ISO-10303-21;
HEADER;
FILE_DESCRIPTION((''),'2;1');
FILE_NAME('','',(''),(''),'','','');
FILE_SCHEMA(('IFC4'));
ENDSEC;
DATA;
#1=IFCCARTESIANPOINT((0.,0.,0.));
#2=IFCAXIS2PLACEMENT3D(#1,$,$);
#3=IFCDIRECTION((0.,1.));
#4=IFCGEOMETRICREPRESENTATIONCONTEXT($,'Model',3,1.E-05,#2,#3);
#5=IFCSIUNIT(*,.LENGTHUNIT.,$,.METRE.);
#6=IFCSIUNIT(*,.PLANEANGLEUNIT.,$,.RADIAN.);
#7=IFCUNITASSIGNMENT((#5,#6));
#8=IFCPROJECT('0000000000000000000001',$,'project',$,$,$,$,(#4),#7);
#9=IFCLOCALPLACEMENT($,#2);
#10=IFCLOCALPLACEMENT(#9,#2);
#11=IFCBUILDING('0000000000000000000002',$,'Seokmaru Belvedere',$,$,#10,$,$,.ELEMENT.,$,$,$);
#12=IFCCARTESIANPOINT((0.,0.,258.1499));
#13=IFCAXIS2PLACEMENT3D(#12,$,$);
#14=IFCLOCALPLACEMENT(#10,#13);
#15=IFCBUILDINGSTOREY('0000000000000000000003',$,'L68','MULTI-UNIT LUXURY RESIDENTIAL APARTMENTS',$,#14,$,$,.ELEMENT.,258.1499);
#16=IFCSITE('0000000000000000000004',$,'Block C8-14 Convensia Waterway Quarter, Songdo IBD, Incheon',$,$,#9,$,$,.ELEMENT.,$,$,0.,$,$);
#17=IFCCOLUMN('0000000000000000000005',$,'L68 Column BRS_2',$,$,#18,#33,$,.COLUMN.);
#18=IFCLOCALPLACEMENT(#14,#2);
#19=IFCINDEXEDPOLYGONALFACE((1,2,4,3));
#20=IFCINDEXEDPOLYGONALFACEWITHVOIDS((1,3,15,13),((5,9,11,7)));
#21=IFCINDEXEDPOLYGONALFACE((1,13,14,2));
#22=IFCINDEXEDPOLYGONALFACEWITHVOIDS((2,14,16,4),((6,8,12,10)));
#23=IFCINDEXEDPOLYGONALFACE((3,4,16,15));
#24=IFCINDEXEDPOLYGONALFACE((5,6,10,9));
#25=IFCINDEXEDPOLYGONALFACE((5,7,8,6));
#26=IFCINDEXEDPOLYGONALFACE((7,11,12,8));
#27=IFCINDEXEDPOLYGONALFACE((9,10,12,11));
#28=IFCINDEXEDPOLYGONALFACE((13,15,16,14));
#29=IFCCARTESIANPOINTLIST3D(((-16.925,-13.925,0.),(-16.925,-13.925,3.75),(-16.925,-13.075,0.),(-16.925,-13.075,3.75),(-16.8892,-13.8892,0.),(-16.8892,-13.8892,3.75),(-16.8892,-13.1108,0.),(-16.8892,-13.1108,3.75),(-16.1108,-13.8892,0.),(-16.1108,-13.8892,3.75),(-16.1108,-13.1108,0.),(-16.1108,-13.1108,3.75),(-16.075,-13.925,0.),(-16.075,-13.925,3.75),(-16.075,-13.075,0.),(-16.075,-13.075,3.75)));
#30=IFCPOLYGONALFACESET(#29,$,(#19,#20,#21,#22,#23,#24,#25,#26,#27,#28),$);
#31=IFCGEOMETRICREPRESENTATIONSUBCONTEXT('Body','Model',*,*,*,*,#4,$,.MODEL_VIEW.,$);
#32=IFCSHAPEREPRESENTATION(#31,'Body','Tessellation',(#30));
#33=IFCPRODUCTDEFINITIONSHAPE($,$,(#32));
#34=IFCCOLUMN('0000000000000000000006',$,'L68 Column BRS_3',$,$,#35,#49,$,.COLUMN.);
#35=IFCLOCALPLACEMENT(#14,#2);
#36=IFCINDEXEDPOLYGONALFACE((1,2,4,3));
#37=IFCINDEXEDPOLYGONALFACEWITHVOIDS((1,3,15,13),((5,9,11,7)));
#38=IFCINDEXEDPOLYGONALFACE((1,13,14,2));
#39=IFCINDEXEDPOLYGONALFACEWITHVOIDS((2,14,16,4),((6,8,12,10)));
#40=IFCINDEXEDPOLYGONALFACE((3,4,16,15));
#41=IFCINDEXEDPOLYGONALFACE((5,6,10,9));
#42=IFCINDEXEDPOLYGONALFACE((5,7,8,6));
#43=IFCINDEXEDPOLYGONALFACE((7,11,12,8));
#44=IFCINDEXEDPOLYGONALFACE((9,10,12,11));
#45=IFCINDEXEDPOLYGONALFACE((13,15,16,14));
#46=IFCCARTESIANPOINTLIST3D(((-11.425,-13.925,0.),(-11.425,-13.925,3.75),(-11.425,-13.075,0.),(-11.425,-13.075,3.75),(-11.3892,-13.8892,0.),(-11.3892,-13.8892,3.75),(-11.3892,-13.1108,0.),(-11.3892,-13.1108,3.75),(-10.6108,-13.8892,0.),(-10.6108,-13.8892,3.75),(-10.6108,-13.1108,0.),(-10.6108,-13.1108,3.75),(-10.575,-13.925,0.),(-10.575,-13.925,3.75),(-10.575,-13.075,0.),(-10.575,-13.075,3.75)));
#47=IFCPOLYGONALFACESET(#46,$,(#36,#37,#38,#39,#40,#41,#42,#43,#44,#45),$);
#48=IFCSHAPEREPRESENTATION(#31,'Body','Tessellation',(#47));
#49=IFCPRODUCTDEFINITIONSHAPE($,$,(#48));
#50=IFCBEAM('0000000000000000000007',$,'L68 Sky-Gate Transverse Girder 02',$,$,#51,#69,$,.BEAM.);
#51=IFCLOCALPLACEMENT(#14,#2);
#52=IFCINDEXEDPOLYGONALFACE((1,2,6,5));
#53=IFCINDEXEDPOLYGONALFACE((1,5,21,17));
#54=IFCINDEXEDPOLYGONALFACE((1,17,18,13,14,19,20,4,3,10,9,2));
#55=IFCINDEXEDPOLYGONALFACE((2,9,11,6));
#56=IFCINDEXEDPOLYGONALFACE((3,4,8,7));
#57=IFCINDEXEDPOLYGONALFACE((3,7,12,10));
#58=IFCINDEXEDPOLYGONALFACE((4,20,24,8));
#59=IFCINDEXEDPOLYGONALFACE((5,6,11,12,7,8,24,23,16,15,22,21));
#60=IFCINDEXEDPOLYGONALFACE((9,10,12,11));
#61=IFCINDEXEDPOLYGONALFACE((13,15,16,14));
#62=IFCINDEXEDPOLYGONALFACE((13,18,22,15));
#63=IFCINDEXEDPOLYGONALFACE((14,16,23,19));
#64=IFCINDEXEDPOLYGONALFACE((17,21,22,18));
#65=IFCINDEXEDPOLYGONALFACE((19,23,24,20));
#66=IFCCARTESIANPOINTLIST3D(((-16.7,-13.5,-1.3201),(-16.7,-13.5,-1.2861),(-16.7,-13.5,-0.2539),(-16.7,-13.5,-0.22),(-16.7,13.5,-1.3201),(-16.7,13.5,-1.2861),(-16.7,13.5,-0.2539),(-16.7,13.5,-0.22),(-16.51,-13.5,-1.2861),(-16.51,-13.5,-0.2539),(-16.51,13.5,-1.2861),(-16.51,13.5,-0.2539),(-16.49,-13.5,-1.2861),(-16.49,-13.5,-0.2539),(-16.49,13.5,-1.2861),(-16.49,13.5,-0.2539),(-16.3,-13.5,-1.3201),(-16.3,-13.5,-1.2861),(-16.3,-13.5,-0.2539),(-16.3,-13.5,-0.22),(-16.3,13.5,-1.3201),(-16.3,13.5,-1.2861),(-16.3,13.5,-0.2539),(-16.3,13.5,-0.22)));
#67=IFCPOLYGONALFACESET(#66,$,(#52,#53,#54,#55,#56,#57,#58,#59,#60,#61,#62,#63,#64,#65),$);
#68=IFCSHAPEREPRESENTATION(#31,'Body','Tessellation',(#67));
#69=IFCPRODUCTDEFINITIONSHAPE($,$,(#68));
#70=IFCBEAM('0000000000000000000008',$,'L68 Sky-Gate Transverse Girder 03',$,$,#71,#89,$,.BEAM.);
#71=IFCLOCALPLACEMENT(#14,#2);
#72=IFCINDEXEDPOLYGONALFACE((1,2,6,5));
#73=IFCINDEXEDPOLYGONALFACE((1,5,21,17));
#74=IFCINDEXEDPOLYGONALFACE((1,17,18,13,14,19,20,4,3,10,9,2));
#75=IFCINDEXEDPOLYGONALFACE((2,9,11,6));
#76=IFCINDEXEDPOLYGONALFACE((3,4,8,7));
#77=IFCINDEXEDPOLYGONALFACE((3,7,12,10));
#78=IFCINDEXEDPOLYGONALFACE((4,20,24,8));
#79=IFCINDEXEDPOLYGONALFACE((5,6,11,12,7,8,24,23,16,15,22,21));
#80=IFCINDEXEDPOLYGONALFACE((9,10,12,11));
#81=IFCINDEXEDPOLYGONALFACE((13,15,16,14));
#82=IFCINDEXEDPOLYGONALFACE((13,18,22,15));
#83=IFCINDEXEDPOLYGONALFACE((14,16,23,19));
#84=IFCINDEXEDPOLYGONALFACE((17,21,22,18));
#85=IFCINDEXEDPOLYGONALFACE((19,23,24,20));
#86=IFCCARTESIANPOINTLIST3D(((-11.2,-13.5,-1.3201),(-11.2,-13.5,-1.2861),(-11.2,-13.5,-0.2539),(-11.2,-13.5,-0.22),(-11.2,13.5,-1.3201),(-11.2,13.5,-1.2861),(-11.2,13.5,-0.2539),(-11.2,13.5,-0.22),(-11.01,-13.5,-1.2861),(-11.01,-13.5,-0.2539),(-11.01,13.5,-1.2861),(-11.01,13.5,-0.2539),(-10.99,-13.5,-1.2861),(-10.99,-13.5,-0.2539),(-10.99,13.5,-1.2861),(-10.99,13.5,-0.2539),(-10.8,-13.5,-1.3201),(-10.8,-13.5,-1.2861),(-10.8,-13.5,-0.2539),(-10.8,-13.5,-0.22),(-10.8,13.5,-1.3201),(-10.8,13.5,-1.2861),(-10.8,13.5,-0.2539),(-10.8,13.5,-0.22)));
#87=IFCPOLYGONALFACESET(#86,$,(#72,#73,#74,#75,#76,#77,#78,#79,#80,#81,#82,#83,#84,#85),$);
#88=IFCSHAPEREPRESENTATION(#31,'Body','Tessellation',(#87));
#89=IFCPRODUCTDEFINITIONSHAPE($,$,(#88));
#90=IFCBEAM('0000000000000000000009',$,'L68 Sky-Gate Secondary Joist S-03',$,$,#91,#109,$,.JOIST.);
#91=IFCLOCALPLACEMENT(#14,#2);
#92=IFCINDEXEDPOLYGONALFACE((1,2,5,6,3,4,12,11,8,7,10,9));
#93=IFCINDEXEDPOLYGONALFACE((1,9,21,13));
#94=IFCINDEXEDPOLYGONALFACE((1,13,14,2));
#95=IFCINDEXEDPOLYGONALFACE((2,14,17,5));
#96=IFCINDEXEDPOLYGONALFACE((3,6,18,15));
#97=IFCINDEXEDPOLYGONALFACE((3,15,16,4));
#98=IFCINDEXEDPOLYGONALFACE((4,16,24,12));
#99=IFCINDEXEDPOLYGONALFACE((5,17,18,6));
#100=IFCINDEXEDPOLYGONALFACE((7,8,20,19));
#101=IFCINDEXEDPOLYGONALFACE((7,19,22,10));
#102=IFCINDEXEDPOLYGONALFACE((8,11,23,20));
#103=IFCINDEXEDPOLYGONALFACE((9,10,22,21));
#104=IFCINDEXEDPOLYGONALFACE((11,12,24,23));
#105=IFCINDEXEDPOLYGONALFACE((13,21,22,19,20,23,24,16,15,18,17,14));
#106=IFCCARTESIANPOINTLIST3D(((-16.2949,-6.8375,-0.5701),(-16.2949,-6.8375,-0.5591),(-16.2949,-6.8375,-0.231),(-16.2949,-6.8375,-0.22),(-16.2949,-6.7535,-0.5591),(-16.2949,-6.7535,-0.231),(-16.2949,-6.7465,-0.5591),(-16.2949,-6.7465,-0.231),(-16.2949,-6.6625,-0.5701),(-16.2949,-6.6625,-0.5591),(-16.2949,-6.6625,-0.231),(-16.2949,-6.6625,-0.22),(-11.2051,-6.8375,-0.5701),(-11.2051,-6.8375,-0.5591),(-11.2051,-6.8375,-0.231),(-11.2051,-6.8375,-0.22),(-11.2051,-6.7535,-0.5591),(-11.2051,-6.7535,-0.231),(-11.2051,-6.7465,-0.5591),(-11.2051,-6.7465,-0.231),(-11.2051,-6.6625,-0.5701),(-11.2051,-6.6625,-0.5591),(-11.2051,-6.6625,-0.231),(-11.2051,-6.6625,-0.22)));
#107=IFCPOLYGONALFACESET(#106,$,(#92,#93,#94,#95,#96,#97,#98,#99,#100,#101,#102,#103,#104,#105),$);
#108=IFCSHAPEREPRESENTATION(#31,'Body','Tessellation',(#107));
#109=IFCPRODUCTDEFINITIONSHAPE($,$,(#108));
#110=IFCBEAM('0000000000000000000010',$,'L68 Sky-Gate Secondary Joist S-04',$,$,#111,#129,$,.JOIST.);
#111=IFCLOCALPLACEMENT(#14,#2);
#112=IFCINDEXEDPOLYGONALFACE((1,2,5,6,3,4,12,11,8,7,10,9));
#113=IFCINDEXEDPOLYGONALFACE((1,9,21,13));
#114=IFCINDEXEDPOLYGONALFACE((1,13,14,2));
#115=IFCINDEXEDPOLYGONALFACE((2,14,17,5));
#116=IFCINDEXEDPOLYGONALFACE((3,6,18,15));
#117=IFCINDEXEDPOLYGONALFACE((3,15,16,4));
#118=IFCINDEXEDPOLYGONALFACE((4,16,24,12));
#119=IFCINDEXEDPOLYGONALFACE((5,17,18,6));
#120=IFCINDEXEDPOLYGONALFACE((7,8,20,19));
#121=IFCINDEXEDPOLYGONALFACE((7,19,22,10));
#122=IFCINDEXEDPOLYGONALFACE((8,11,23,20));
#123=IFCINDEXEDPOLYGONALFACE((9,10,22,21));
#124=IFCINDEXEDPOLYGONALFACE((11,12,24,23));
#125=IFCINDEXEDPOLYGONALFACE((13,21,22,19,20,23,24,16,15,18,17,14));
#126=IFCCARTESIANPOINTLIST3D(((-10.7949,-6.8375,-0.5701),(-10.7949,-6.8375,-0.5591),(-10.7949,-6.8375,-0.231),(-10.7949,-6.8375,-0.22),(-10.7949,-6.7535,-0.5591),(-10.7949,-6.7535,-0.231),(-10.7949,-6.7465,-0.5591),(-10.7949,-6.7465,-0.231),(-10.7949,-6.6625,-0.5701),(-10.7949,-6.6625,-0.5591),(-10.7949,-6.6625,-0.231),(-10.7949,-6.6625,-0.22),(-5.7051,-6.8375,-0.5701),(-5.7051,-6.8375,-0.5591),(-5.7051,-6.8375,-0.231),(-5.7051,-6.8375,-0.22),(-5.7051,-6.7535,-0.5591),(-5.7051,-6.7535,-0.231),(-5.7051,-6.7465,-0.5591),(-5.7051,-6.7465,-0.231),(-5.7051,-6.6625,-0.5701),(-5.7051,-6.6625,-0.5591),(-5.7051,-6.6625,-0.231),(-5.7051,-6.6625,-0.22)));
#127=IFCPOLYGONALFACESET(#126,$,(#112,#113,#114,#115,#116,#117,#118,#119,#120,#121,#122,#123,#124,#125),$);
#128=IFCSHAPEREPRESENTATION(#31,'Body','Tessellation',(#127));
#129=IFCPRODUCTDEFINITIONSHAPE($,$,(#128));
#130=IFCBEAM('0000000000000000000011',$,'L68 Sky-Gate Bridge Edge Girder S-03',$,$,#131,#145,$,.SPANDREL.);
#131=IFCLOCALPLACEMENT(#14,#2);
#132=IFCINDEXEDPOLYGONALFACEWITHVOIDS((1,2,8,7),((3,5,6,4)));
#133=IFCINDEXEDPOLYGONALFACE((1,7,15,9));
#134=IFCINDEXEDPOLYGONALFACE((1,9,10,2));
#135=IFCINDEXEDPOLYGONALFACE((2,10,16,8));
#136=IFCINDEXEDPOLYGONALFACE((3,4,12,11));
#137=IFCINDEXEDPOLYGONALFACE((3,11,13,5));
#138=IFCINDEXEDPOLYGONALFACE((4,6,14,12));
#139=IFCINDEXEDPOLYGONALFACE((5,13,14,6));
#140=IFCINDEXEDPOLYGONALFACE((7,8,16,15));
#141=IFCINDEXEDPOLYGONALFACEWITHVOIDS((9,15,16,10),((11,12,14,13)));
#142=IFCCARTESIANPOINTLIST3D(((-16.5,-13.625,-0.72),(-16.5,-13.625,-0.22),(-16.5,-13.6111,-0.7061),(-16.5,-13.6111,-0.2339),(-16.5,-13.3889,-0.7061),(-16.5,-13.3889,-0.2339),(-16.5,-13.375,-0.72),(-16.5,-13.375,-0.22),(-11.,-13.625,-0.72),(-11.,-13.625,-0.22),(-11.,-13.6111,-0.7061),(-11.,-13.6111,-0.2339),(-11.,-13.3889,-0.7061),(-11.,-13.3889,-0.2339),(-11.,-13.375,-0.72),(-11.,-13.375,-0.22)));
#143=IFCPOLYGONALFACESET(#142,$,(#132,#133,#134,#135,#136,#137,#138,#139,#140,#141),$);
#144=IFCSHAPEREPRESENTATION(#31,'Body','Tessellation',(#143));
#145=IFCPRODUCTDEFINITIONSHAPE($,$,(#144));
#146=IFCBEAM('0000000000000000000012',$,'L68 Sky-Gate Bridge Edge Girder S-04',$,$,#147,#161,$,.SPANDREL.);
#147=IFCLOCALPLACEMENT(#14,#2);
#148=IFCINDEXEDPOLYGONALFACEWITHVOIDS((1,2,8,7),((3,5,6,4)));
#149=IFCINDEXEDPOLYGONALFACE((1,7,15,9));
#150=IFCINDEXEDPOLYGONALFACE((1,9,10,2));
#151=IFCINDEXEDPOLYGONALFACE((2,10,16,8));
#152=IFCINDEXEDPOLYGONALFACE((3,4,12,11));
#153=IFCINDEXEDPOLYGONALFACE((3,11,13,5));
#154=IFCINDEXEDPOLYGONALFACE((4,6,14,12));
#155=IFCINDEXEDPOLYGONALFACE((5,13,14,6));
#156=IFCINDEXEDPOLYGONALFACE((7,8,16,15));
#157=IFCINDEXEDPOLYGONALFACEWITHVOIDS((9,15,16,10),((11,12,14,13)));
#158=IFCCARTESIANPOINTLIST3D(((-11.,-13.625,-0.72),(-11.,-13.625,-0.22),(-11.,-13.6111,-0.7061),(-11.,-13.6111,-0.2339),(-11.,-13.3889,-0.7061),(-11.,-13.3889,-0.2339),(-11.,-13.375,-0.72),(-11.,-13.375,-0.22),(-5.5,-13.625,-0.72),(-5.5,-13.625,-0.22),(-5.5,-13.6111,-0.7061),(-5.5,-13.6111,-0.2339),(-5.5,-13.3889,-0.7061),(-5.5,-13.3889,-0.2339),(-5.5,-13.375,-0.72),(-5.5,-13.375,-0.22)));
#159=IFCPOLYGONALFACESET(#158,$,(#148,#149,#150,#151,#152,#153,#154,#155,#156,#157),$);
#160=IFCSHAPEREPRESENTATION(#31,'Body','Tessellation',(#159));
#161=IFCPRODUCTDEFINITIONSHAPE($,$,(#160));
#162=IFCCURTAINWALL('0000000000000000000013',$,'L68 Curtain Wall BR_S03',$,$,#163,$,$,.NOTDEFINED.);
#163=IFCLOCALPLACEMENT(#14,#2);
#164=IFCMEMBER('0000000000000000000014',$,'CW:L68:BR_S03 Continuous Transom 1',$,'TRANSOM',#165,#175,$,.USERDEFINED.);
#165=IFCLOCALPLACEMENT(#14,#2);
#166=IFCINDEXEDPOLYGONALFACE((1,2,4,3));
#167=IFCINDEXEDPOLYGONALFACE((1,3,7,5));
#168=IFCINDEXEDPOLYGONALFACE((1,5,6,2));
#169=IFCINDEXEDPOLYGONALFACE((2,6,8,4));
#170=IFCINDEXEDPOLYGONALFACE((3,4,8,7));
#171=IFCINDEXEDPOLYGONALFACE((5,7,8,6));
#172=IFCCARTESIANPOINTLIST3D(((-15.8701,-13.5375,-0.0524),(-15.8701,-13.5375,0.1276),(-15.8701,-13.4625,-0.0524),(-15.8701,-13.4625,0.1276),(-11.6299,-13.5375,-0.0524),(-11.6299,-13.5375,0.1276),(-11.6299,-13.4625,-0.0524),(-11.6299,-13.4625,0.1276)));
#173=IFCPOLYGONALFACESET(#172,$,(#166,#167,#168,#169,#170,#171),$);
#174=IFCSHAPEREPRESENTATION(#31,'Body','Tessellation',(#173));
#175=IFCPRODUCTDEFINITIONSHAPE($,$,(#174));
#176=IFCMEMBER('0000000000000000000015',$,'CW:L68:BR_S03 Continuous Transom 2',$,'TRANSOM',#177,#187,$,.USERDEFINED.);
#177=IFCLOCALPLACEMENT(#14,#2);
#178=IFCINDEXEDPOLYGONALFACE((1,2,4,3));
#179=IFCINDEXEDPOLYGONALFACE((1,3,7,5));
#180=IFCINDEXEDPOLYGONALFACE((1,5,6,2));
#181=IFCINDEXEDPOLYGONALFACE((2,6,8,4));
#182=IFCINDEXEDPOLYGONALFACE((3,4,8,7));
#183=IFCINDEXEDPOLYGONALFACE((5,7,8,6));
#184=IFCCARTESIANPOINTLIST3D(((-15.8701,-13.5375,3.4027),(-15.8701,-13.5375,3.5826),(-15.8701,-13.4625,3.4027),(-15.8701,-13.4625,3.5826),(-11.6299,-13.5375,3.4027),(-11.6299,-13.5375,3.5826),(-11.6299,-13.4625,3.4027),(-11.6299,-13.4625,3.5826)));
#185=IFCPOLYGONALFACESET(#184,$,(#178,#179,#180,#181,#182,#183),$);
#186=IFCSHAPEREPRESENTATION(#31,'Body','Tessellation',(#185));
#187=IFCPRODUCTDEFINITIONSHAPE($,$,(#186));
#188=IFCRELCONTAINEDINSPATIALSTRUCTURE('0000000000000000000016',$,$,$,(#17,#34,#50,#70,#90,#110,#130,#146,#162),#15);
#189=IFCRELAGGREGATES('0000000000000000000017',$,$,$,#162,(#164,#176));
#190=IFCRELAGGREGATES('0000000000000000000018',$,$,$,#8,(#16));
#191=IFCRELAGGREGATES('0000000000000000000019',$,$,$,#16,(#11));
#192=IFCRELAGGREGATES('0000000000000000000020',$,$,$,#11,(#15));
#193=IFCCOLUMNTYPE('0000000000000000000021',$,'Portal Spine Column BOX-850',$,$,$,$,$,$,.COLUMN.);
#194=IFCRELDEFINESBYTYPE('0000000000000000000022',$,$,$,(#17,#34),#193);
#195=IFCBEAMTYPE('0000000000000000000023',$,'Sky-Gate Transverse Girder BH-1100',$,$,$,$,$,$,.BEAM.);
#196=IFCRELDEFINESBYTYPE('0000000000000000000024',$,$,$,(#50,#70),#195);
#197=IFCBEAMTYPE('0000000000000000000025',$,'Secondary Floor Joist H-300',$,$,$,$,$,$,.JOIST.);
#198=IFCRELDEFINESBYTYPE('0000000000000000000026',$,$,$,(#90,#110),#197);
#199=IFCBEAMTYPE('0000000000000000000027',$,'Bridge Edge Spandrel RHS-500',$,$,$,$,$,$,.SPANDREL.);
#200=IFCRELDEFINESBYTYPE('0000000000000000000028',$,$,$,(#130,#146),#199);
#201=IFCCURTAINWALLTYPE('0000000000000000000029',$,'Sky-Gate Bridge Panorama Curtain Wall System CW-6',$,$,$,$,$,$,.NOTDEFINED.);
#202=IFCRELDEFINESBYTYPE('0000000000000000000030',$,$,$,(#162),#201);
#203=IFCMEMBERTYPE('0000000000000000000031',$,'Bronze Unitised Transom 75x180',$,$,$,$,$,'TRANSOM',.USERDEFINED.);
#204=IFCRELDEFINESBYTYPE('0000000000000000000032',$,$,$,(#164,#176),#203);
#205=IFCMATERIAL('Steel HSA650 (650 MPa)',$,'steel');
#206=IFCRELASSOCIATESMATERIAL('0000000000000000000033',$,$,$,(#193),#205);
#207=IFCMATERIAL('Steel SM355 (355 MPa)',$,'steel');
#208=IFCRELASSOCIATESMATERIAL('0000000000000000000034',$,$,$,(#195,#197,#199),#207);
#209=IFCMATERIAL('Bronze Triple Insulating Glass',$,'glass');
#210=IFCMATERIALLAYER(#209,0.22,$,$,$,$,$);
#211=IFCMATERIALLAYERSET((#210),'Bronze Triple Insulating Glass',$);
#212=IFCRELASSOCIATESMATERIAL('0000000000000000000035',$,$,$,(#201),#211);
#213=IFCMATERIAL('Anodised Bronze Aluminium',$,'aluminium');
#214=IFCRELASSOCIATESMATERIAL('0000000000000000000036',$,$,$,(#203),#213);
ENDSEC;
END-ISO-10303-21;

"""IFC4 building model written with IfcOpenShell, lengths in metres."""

from ifc_helpers import new_model, si_unit, direction, frame, origin, origin_2d, place, context, subcontext, project, spatial, rectangle, hollow_rectangle, i_section, extrude, source, transform, mapped, material, layer, layer_set, material_profile, profile_set, type_object, type_shapes, element, aggregate, save


model = new_model("IFC4")

# Units and contexts
model_context = context("Model", 3, precision=1e-05, world=origin(), true_north=direction((0.0, 1.0)))
body_context = subcontext(model_context, "Body", "Model", "MODEL_VIEW")
ifc_project = project(units=[si_unit("LENGTHUNIT", "METRE"), si_unit("PLANEANGLEUNIT", "RADIAN")], contexts=[model_context])

# Site, building, storey
site_placement = place(None, origin())
site = spatial("IfcSite", under=ifc_project, at=site_placement, Name="Block C8-14 Convensia Waterway Quarter, Songdo IBD, Incheon", CompositionType="ELEMENT", RefElevation=0.0)
building_placement = place(site_placement, origin())
building = spatial("IfcBuilding", under=site, at=building_placement, Name="Seokmaru Belvedere", CompositionType="ELEMENT")
storey_placement = place(building_placement, frame((0.0, 0.0, 258.1499)))
storey = spatial("IfcBuildingStorey", under=building, at=storey_placement, Name="L68", Description="MULTI-UNIT LUXURY RESIDENTIAL APARTMENTS", CompositionType="ELEMENT", Elevation=258.1499)

# Columns
ifc_material_1 = material(Name="Steel HSA650 (650 MPa)", Category="steel")
ifc_material_profile_1 = material_profile(ifc_material_1, hollow_rectangle(XDim=0.8501, YDim=0.8501, WallThickness=0.0359, at=origin_2d()), Name="BOX-850x850x36")
ifc_profile_set_1 = profile_set([ifc_material_profile_1], Name="Steel HSA650 (650 MPa)")
column_type = type_object("IfcColumnType", Name="Portal Spine Column BOX-850", PredefinedType="COLUMN", material=ifc_profile_set_1)
shared_shape_1 = source(origin(), body_context, "Body", "SweptSolid", [
    extrude(hollow_rectangle(XDim=0.8501, YDim=0.8501, WallThickness=0.0359, at=origin_2d()), origin(), (0.0, 0.0, 1.0), 3.75),
])
type_shapes(column_type, [shared_shape_1])
for number, where, z_axis, x_axis, name in (
    (1, (-16.5, -13.5, 0.0), (0.0, 0.0, 1.0), (1.0, 0.0, 0.0), "L68 Column BRS_2"),
    (2, (-11.0, -13.5, 0.0), (0.0, 0.0, 1.0), (1.0, 0.0, 0.0), "L68 Column BRS_3"),
):
    element("IfcColumn", number, at=place(storey_placement, frame(where, z_axis=z_axis, x_axis=x_axis)), inside=storey, type_object=column_type, Name=name, PredefinedType="COLUMN", context=body_context, shape_type="MappedRepresentation", body=[
        mapped(shared_shape_1, transform((0.0, 0.0, 0.0), scale=1.0)),
    ])

# Beams
ifc_material_2 = material(Name="Steel SM355 (355 MPa)", Category="steel")
ifc_material_profile_2 = material_profile(ifc_material_2, i_section(OverallWidth=0.3999, OverallDepth=1.1001, WebThickness=0.02, FlangeThickness=0.0339, at=origin_2d()), Name="BH-1100x400x20x34")
ifc_profile_set_2 = profile_set([ifc_material_profile_2], Name="Steel SM355 (355 MPa)")
beam_type_1 = type_object("IfcBeamType", Name="Sky-Gate Transverse Girder BH-1100", PredefinedType="BEAM", material=ifc_profile_set_2)
shared_shape_2 = source(origin(), body_context, "Body", "SweptSolid", [
    extrude(i_section(OverallWidth=0.3999, OverallDepth=1.1001, WebThickness=0.02, FlangeThickness=0.0339, at=origin_2d()), origin(), (0.0, 0.0, 1.0), 27.0),
])
type_shapes(beam_type_1, [shared_shape_2])
for number, where, z_axis, x_axis, name in (
    (3, (-16.5, -13.5, -0.77), (0.0, 1.0, 0.0), (-1.0, 0.0, 0.0), "L68 Sky-Gate Transverse Girder 02"),
    (4, (-11.0, -13.5, -0.77), (0.0, 1.0, 0.0), (-1.0, 0.0, 0.0), "L68 Sky-Gate Transverse Girder 03"),
):
    element("IfcBeam", number, at=place(storey_placement, frame(where, z_axis=z_axis, x_axis=x_axis)), inside=storey, type_object=beam_type_1, Name=name, PredefinedType="BEAM", context=body_context, shape_type="MappedRepresentation", body=[
        mapped(shared_shape_2, transform((0.0, 0.0, 0.0), scale=1.0)),
    ])
ifc_material_profile_3 = material_profile(ifc_material_2, i_section(OverallWidth=0.175, OverallDepth=0.3501, WebThickness=0.0071, FlangeThickness=0.011, at=origin_2d()), Name="H-350x175x7x11")
ifc_profile_set_3 = profile_set([ifc_material_profile_3], Name="Steel SM355 (355 MPa)")
beam_type_2 = type_object("IfcBeamType", Name="Secondary Floor Joist H-300", PredefinedType="JOIST", material=ifc_profile_set_3)
shared_shape_3 = source(origin(), body_context, "Body", "SweptSolid", [
    extrude(i_section(OverallWidth=0.175, OverallDepth=0.3501, WebThickness=0.0071, FlangeThickness=0.011, at=origin_2d()), origin(), (0.0, 0.0, 1.0), 5.0898),
])
type_shapes(beam_type_2, [shared_shape_3])
for number, where, z_axis, x_axis, name in (
    (5, (-16.2949, -6.75, -0.395), (1.0, 0.0, 0.0), (0.0, 1.0, 0.0), "L68 Sky-Gate Secondary Joist S-03"),
    (6, (-10.7949, -6.75, -0.395), (1.0, 0.0, 0.0), (0.0, 1.0, 0.0), "L68 Sky-Gate Secondary Joist S-04"),
):
    element("IfcBeam", number, at=place(storey_placement, frame(where, z_axis=z_axis, x_axis=x_axis)), inside=storey, type_object=beam_type_2, Name=name, PredefinedType="JOIST", context=body_context, shape_type="MappedRepresentation", body=[
        mapped(shared_shape_3, transform((0.0, 0.0, 0.0), scale=1.0)),
    ])
ifc_material_profile_4 = material_profile(ifc_material_2, hollow_rectangle(XDim=0.25, YDim=0.5, WallThickness=0.0139, at=origin_2d()), Name="RHS-500x250x14")
ifc_profile_set_4 = profile_set([ifc_material_profile_4], Name="Steel SM355 (355 MPa)")
beam_type_3 = type_object("IfcBeamType", Name="Bridge Edge Spandrel RHS-500", PredefinedType="SPANDREL", material=ifc_profile_set_4)
shared_shape_4 = source(origin(), body_context, "Body", "SweptSolid", [
    extrude(hollow_rectangle(XDim=0.25, YDim=0.5, WallThickness=0.0139, at=origin_2d()), origin(), (0.0, 0.0, 1.0), 5.5),
])
type_shapes(beam_type_3, [shared_shape_4])
for number, where, z_axis, x_axis, name in (
    (7, (-16.5, -13.5, -0.47), (1.0, 0.0, 0.0), (0.0, 1.0, 0.0), "L68 Sky-Gate Bridge Edge Girder S-03"),
    (8, (-11.0, -13.5, -0.47), (1.0, 0.0, 0.0), (0.0, 1.0, 0.0), "L68 Sky-Gate Bridge Edge Girder S-04"),
):
    element("IfcBeam", number, at=place(storey_placement, frame(where, z_axis=z_axis, x_axis=x_axis)), inside=storey, type_object=beam_type_3, Name=name, PredefinedType="SPANDREL", context=body_context, shape_type="MappedRepresentation", body=[
        mapped(shared_shape_4, transform((0.0, 0.0, 0.0), scale=1.0)),
    ])

# Curtain wall, members
ifc_material_3 = material(Name="Bronze Triple Insulating Glass", Category="glass")
ifc_layer_1 = layer(ifc_material_3, 0.22)
ifc_layer_set_1 = layer_set([ifc_layer_1], Name="Bronze Triple Insulating Glass")
curtain_wall_type = type_object("IfcCurtainWallType", Name="Sky-Gate Bridge Panorama Curtain Wall System CW-6", PredefinedType="NOTDEFINED", material=ifc_layer_set_1)
curtain_wall_1_placement = place(storey_placement, origin())
curtain_wall_1 = element("IfcCurtainWall", 9, at=curtain_wall_1_placement, inside=storey, type_object=curtain_wall_type, Name="L68 Curtain Wall BR_S03", PredefinedType="NOTDEFINED")
ifc_material_4 = material(Name="Anodised Bronze Aluminium", Category="aluminium")
ifc_material_profile_5 = material_profile(ifc_material_4, rectangle(XDim=0.075, YDim=0.1799, at=origin_2d()), Name="CW-T-75x180")
ifc_profile_set_5 = profile_set([ifc_material_profile_5], Name="Anodised Bronze Aluminium")
member_type_1 = type_object("IfcMemberType", Name="Bronze Unitised Transom 75x180", ElementType="TRANSOM", PredefinedType="USERDEFINED", material=ifc_profile_set_5)
shared_shape_5 = source(origin(), body_context, "Body", "SweptSolid", [
    extrude(rectangle(XDim=0.075, YDim=0.1799, at=origin_2d()), origin(), (0.0, 0.0, 1.0), 4.2402),
])
type_shapes(member_type_1, [shared_shape_5])
member_1_placement = place(storey_placement, frame((-15.8701, -13.5, 0.0376), z_axis=(1.0, 0.0, 0.0), x_axis=(0.0, 1.0, 0.0)))
member_1 = element("IfcMember", 10, at=member_1_placement, type_object=member_type_1, Name="CW:L68:BR_S03 Continuous Transom 1", ObjectType="TRANSOM", PredefinedType="USERDEFINED", context=body_context, shape_type="MappedRepresentation", body=[
    mapped(shared_shape_5, transform((0.0, 0.0, 0.0), scale=1.0)),
])
member_2_placement = place(storey_placement, frame((-15.8701, -13.5, 3.4927), z_axis=(1.0, 0.0, 0.0), x_axis=(0.0, 1.0, 0.0)))
member_2 = element("IfcMember", 11, at=member_2_placement, type_object=member_type_1, Name="CW:L68:BR_S03 Continuous Transom 2", ObjectType="TRANSOM", PredefinedType="USERDEFINED", context=body_context, shape_type="MappedRepresentation", body=[
    mapped(shared_shape_5, transform((0.0, 0.0, 0.0), scale=1.0)),
])

aggregate(curtain_wall_1, [member_1, member_2])

save(model, "model.ifc")
